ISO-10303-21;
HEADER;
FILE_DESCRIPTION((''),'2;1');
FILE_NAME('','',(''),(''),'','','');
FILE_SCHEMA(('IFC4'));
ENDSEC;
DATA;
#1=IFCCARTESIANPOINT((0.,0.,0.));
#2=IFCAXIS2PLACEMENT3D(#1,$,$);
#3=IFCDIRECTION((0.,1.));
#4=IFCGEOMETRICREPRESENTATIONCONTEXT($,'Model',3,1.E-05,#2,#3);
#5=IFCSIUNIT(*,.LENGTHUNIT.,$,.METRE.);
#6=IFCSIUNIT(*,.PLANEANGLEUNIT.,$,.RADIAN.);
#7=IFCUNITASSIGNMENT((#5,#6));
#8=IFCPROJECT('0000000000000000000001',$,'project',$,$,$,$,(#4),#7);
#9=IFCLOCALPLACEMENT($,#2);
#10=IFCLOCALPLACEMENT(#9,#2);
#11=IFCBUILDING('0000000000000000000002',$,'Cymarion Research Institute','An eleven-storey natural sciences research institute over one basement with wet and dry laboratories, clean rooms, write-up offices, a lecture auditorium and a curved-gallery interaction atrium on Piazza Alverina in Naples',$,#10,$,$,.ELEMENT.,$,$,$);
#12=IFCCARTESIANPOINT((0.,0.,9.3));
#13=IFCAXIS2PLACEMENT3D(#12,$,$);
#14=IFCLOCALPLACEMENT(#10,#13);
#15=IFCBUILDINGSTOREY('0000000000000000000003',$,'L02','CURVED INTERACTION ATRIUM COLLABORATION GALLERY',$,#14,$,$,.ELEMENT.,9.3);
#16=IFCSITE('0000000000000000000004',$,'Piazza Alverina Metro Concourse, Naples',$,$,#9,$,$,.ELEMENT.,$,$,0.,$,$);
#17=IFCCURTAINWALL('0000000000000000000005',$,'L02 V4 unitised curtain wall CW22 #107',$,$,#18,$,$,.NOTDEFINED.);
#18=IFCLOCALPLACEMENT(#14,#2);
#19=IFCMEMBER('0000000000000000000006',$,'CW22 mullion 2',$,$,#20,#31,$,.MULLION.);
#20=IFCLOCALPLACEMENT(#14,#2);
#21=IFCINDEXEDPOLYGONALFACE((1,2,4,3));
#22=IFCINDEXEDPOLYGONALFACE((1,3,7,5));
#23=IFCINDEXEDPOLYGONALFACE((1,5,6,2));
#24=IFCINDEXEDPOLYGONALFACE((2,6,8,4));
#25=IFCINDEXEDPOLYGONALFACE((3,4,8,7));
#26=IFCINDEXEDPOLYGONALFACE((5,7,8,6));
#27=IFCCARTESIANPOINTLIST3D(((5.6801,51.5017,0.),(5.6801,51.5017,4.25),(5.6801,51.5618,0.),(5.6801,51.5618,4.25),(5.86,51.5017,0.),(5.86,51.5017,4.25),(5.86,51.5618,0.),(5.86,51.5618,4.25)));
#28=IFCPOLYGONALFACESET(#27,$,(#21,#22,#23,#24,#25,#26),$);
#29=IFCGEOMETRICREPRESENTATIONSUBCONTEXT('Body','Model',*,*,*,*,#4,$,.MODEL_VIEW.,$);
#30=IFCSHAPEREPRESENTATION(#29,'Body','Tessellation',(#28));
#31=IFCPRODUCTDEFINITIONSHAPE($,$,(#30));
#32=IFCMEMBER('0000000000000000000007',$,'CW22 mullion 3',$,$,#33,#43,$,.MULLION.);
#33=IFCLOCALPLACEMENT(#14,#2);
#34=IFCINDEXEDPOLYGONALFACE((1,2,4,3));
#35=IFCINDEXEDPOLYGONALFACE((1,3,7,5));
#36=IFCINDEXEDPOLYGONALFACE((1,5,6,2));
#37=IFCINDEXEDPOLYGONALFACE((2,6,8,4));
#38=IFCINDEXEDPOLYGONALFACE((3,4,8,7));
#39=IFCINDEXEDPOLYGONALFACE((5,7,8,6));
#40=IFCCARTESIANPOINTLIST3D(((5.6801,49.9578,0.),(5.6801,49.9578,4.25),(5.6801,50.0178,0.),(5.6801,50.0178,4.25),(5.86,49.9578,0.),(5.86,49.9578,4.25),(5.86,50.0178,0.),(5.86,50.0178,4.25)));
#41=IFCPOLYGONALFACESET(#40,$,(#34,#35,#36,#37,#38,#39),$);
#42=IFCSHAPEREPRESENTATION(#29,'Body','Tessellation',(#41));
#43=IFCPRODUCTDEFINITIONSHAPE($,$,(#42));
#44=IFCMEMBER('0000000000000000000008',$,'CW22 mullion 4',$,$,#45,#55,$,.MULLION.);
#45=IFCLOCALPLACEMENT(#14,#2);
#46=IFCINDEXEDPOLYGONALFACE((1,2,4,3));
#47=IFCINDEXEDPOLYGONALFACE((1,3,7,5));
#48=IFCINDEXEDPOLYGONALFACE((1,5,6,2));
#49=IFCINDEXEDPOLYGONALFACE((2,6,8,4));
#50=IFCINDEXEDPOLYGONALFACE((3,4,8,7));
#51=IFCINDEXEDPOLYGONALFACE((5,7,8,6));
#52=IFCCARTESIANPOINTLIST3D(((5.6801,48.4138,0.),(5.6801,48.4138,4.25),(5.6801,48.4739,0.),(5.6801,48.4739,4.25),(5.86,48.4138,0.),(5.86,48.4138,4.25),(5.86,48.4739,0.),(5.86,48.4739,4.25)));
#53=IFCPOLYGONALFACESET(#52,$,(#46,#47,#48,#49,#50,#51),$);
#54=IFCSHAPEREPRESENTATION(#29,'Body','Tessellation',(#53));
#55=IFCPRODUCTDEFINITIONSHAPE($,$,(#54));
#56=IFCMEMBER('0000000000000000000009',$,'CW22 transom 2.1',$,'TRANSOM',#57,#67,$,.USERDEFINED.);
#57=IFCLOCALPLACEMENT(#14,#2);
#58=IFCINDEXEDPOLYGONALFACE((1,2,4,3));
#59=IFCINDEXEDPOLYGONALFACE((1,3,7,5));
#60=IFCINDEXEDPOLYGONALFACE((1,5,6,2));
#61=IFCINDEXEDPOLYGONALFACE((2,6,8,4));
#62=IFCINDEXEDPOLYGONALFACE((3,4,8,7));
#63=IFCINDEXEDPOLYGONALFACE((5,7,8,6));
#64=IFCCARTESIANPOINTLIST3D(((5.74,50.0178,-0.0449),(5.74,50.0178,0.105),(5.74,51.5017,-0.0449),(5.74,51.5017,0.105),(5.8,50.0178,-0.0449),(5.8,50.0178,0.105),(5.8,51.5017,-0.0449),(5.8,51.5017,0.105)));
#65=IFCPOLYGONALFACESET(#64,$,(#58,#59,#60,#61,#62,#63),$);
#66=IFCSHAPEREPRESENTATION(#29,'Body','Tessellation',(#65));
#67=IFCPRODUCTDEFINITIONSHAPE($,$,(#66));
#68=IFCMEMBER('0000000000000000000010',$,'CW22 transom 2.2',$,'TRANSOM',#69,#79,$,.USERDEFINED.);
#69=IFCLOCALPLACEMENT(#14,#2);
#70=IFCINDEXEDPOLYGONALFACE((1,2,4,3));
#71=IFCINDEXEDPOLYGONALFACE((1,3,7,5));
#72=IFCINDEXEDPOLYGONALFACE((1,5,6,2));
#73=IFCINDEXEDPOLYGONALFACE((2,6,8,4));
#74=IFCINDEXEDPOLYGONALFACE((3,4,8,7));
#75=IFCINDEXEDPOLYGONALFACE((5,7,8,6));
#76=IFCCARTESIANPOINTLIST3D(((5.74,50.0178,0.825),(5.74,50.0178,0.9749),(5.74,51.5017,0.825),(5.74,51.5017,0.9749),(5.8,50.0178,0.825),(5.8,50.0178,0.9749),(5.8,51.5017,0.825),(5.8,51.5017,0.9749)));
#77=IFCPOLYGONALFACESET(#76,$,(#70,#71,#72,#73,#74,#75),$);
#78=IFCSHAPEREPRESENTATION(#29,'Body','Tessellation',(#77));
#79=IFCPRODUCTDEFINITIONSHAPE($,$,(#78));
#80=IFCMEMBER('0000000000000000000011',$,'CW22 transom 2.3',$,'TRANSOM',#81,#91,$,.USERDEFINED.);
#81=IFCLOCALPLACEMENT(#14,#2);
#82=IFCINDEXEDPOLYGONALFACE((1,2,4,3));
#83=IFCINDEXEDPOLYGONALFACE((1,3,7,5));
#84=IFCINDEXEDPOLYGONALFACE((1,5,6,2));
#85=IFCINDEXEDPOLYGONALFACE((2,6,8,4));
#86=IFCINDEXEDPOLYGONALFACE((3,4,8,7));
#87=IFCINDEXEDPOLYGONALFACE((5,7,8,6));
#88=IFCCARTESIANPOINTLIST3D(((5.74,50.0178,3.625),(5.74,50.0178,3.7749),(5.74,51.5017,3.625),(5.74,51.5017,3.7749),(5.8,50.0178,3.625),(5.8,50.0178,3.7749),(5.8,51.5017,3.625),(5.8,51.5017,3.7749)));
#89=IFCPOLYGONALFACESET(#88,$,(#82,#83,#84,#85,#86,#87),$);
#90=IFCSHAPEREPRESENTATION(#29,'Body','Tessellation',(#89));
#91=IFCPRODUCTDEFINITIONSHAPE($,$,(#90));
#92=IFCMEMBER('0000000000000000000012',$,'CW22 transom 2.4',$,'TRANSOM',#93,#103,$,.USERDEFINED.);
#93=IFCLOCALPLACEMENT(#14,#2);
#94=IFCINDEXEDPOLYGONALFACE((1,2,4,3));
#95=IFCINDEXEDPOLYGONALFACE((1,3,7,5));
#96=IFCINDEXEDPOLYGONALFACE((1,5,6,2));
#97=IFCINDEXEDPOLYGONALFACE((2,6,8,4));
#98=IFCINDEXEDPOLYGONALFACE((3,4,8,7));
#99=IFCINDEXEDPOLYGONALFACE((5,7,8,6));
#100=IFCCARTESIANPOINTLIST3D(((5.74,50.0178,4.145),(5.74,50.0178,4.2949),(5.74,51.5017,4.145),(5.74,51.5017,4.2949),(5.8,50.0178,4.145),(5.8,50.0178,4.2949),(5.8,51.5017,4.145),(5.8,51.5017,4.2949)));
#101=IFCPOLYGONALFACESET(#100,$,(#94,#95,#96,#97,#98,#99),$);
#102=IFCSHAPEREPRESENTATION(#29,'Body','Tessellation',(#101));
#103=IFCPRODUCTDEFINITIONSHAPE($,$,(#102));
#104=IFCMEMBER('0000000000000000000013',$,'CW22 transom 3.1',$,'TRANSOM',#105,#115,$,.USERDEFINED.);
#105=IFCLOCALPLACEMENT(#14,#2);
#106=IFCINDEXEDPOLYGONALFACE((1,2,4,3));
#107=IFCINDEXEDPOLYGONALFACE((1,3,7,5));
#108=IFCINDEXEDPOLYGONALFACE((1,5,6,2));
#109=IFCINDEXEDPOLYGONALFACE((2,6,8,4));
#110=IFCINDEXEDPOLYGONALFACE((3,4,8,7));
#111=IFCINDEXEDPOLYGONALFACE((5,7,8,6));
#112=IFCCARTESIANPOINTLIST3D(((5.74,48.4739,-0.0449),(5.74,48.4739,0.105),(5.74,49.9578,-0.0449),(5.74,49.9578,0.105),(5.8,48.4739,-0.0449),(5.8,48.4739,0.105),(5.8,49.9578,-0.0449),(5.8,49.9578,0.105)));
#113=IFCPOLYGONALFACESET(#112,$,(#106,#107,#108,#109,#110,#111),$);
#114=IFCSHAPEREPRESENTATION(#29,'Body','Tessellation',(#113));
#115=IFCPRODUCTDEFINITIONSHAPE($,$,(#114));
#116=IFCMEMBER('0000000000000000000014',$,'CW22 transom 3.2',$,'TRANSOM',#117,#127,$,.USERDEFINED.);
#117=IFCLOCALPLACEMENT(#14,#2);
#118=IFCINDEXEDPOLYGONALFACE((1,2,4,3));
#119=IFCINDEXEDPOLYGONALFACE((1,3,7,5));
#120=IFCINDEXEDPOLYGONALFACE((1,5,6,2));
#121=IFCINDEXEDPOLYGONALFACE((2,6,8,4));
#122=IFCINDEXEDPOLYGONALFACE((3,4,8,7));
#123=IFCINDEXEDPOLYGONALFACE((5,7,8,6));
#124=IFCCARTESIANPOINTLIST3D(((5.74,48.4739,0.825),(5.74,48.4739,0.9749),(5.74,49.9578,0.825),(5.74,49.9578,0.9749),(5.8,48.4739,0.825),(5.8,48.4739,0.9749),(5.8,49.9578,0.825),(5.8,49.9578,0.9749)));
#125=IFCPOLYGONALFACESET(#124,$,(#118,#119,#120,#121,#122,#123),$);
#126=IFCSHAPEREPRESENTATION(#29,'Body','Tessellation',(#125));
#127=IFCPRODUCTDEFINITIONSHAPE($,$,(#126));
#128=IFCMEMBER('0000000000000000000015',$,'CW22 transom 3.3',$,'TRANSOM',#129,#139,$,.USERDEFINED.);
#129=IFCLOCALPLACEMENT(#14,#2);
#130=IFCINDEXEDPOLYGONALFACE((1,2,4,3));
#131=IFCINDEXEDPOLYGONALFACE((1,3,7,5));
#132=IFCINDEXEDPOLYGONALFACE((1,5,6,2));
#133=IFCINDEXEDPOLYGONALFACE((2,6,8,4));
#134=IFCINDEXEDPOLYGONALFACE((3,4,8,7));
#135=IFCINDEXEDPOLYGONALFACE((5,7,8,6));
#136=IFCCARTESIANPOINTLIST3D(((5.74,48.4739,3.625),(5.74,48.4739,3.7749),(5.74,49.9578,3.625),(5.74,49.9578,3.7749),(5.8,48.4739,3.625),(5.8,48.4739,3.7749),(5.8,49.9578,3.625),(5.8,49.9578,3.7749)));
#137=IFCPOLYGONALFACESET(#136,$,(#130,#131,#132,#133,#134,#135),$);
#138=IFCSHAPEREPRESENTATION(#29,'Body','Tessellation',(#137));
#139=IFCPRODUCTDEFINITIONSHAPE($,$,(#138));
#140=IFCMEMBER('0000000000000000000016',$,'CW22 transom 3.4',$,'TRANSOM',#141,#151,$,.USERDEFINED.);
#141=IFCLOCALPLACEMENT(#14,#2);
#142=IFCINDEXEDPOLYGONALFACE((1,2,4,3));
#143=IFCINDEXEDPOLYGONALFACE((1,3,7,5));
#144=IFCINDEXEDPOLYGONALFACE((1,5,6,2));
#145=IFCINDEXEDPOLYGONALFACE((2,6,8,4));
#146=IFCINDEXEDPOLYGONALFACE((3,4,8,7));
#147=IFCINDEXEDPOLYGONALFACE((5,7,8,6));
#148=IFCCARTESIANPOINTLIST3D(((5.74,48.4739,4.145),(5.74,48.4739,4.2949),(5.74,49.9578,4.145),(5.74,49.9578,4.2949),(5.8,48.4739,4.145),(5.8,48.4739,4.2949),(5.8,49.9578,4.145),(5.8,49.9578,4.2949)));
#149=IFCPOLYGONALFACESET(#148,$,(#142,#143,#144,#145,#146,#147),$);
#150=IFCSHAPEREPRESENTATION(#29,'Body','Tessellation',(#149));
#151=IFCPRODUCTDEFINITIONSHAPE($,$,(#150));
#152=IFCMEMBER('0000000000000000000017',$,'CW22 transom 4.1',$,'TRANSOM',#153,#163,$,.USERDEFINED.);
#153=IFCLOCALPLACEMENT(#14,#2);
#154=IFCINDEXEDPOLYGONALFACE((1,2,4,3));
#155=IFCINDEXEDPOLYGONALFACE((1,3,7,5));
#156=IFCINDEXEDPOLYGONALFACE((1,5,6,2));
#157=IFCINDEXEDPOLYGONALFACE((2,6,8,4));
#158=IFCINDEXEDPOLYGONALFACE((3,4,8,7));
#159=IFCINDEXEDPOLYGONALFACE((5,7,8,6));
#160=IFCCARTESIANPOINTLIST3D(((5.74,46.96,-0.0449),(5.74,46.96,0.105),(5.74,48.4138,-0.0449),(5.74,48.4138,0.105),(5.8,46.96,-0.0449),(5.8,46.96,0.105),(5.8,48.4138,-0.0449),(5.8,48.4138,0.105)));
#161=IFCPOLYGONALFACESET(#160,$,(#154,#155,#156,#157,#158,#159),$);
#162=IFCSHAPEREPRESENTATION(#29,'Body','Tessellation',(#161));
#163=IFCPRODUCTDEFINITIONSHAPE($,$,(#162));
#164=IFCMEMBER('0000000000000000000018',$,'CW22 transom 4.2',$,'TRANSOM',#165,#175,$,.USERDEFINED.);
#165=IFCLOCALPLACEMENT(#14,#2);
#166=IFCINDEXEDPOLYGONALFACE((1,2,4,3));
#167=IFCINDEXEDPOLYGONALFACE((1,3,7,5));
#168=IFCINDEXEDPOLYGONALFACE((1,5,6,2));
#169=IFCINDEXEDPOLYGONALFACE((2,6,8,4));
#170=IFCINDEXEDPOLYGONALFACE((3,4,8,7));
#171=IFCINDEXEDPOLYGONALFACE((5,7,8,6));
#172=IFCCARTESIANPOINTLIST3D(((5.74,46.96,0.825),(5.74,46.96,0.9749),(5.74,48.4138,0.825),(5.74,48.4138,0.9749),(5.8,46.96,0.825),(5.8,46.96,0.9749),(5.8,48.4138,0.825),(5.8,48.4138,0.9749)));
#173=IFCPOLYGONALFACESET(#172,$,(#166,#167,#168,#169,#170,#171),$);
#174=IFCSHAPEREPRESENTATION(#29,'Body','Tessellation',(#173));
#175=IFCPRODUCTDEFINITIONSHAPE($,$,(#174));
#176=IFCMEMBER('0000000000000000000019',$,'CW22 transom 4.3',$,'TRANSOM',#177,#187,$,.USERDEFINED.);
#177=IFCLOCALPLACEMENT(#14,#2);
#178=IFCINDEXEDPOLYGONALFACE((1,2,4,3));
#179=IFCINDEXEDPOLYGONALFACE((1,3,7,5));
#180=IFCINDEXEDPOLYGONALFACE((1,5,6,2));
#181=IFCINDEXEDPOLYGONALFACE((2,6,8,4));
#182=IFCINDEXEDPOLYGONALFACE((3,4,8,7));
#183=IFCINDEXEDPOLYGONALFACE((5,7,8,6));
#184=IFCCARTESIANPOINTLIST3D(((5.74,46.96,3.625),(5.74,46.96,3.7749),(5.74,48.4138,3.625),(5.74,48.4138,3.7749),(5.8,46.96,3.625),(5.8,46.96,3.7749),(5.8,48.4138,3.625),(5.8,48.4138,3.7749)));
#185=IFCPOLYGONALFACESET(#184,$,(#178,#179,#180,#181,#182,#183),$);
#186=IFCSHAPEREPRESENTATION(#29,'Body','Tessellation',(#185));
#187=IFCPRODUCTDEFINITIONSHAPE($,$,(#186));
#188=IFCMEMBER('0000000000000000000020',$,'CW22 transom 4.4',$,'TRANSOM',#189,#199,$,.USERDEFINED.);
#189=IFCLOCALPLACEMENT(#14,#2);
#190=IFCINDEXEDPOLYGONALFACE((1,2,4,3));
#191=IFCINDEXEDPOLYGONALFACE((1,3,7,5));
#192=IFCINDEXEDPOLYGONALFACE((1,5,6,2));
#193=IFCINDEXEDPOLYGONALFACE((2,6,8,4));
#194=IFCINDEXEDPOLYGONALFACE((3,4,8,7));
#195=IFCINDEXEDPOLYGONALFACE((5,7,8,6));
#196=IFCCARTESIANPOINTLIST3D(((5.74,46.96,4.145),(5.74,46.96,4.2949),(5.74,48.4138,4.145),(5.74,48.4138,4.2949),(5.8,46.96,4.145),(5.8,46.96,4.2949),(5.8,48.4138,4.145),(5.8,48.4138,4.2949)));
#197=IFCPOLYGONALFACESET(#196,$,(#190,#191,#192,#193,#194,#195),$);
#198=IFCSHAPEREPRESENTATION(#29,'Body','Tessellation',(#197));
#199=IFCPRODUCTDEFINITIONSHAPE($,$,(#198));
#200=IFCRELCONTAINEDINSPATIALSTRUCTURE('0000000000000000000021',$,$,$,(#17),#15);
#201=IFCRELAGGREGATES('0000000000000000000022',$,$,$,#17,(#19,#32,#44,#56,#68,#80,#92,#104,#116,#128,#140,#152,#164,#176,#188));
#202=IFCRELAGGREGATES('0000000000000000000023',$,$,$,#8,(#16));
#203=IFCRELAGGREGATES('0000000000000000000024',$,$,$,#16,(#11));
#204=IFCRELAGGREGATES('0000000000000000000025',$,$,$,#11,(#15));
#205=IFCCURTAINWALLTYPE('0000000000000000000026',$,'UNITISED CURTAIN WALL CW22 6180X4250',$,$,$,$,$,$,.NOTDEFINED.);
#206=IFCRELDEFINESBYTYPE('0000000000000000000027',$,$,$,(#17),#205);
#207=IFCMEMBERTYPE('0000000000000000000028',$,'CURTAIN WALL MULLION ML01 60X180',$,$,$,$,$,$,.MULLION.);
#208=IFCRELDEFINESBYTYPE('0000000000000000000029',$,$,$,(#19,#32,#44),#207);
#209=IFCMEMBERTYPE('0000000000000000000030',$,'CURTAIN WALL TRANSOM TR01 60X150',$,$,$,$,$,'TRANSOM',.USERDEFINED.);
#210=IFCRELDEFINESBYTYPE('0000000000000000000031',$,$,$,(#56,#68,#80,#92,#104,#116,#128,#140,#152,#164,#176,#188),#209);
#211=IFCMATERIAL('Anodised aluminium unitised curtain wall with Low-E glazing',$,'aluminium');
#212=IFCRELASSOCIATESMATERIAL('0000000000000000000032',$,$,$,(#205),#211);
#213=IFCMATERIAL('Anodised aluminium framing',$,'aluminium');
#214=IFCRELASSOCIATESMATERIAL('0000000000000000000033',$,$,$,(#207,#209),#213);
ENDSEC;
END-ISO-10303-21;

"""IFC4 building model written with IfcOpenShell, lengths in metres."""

from ifc_helpers import new_model, si_unit, direction, frame, origin, origin_2d, place, context, subcontext, project, spatial, rectangle, extrude, material, material_profile, profile_set, type_object, element, aggregate, save


model = new_model("IFC4")

# Units and contexts
model_context = context("Model", 3, precision=1e-05, world=origin(), true_north=direction((0.0, 1.0)))
body_context = subcontext(model_context, "Body", "Model", "MODEL_VIEW")
ifc_project = project(units=[si_unit("LENGTHUNIT", "METRE"), si_unit("PLANEANGLEUNIT", "RADIAN")], contexts=[model_context])

# Site, building, storey
site_placement = place(None, origin())
site = spatial("IfcSite", under=ifc_project, at=site_placement, Name="Piazza Alverina Metro Concourse, Naples", CompositionType="ELEMENT", RefElevation=0.0)
building_placement = place(site_placement, origin())
building = spatial("IfcBuilding", under=site, at=building_placement, Name="Cymarion Research Institute", Description="An eleven-storey natural sciences research institute over one basement with wet and dry laboratories, clean rooms, write-up offices, a lecture auditorium and a curved-gallery interaction atrium on Piazza Alverina in Naples", CompositionType="ELEMENT")
storey_placement = place(building_placement, frame((0.0, 0.0, 9.3)))
storey = spatial("IfcBuildingStorey", under=building, at=storey_placement, Name="L02", Description="CURVED INTERACTION ATRIUM COLLABORATION GALLERY", CompositionType="ELEMENT", Elevation=9.3)

# Curtain wall, members
ifc_material_1 = material(Name="Anodised aluminium unitised curtain wall with Low-E glazing", Category="aluminium")
curtain_wall_type = type_object("IfcCurtainWallType", Name="UNITISED CURTAIN WALL CW22 6180X4250", PredefinedType="NOTDEFINED", material=ifc_material_1)
curtain_wall_placement = place(storey_placement, origin())
curtain_wall = element("IfcCurtainWall", 1, at=curtain_wall_placement, inside=storey, type_object=curtain_wall_type, Name="L02 V4 unitised curtain wall CW22 #107", PredefinedType="NOTDEFINED")
ifc_material_2 = material(Name="Anodised aluminium framing", Category="aluminium")
ifc_material_profile_1 = material_profile(ifc_material_2, rectangle(XDim=0.0601, YDim=0.1799, at=origin_2d()), Name="ALU MULLION 60x180")
ifc_profile_set_1 = profile_set([ifc_material_profile_1], Name="Anodised aluminium framing")
member_type_1 = type_object("IfcMemberType", Name="CURTAIN WALL MULLION ML01 60X180", PredefinedType="MULLION", material=ifc_profile_set_1)
member_1_placement = place(storey_placement, frame((5.77, 51.5317, 0.0), z_axis=(0.0, 0.0, 1.0), x_axis=(0.0, -1.0, 0.0)))
member_1 = element("IfcMember", 2, at=member_1_placement, type_object=member_type_1, Name="CW22 mullion 2", PredefinedType="MULLION", context=body_context, shape_type="SweptSolid", body=[
    extrude(rectangle(XDim=0.0601, YDim=0.1799, at=origin_2d()), origin(), (0.0, 0.0, 1.0), 4.25),
])
member_2_placement = place(storey_placement, frame((5.77, 49.9878, 0.0), z_axis=(0.0, 0.0, 1.0), x_axis=(0.0, -1.0, 0.0)))
member_2 = element("IfcMember", 3, at=member_2_placement, type_object=member_type_1, Name="CW22 mullion 3", PredefinedType="MULLION", context=body_context, shape_type="SweptSolid", body=[
    extrude(rectangle(XDim=0.0601, YDim=0.1799, at=origin_2d()), origin(), (0.0, 0.0, 1.0), 4.25),
])
member_3_placement = place(storey_placement, frame((5.77, 48.4438, 0.0), z_axis=(0.0, 0.0, 1.0), x_axis=(0.0, -1.0, 0.0)))
member_3 = element("IfcMember", 4, at=member_3_placement, type_object=member_type_1, Name="CW22 mullion 4", PredefinedType="MULLION", context=body_context, shape_type="SweptSolid", body=[
    extrude(rectangle(XDim=0.0601, YDim=0.1799, at=origin_2d()), origin(), (0.0, 0.0, 1.0), 4.25),
])
ifc_material_profile_2 = material_profile(ifc_material_2, rectangle(XDim=0.0601, YDim=0.1499, at=origin_2d()), Name="ALU TRANSOM 60x150")
ifc_profile_set_2 = profile_set([ifc_material_profile_2], Name="Anodised aluminium framing")
member_type_2 = type_object("IfcMemberType", Name="CURTAIN WALL TRANSOM TR01 60X150", ElementType="TRANSOM", PredefinedType="USERDEFINED", material=ifc_profile_set_2)
member_4_placement = place(storey_placement, frame((5.77, 51.5017, 0.03), z_axis=(0.0, -1.0, 0.0), x_axis=(1.0, 0.0, 0.0)))
member_4 = element("IfcMember", 5, at=member_4_placement, type_object=member_type_2, Name="CW22 transom 2.1", ObjectType="TRANSOM", PredefinedType="USERDEFINED", context=body_context, shape_type="SweptSolid", body=[
    extrude(rectangle(XDim=0.0601, YDim=0.1499, at=origin_2d()), origin(), (0.0, 0.0, 1.0), 1.4839),
])
member_5_placement = place(storey_placement, frame((5.77, 51.5017, 0.8999), z_axis=(0.0, -1.0, 0.0), x_axis=(1.0, 0.0, 0.0)))
member_5 = element("IfcMember", 6, at=member_5_placement, type_object=member_type_2, Name="CW22 transom 2.2", ObjectType="TRANSOM", PredefinedType="USERDEFINED", context=body_context, shape_type="SweptSolid", body=[
    extrude(rectangle(XDim=0.0601, YDim=0.1499, at=origin_2d()), origin(), (0.0, 0.0, 1.0), 1.4839),
])
member_6_placement = place(storey_placement, frame((5.77, 51.5017, 3.7), z_axis=(0.0, -1.0, 0.0), x_axis=(1.0, 0.0, 0.0)))
member_6 = element("IfcMember", 7, at=member_6_placement, type_object=member_type_2, Name="CW22 transom 2.3", ObjectType="TRANSOM", PredefinedType="USERDEFINED", context=body_context, shape_type="SweptSolid", body=[
    extrude(rectangle(XDim=0.0601, YDim=0.1499, at=origin_2d()), origin(), (0.0, 0.0, 1.0), 1.4839),
])
member_7_placement = place(storey_placement, frame((5.77, 51.5017, 4.22), z_axis=(0.0, -1.0, 0.0), x_axis=(1.0, 0.0, 0.0)))
member_7 = element("IfcMember", 8, at=member_7_placement, type_object=member_type_2, Name="CW22 transom 2.4", ObjectType="TRANSOM", PredefinedType="USERDEFINED", context=body_context, shape_type="SweptSolid", body=[
    extrude(rectangle(XDim=0.0601, YDim=0.1499, at=origin_2d()), origin(), (0.0, 0.0, 1.0), 1.4839),
])
member_8_placement = place(storey_placement, frame((5.77, 49.9578, 0.03), z_axis=(0.0, -1.0, 0.0), x_axis=(1.0, 0.0, 0.0)))
member_8 = element("IfcMember", 9, at=member_8_placement, type_object=member_type_2, Name="CW22 transom 3.1", ObjectType="TRANSOM", PredefinedType="USERDEFINED", context=body_context, shape_type="SweptSolid", body=[
    extrude(rectangle(XDim=0.0601, YDim=0.1499, at=origin_2d()), origin(), (0.0, 0.0, 1.0), 1.4839),
])
member_9_placement = place(storey_placement, frame((5.77, 49.9578, 0.8999), z_axis=(0.0, -1.0, 0.0), x_axis=(1.0, 0.0, 0.0)))
member_9 = element("IfcMember", 10, at=member_9_placement, type_object=member_type_2, Name="CW22 transom 3.2", ObjectType="TRANSOM", PredefinedType="USERDEFINED", context=body_context, shape_type="SweptSolid", body=[
    extrude(rectangle(XDim=0.0601, YDim=0.1499, at=origin_2d()), origin(), (0.0, 0.0, 1.0), 1.4839),
])
member_10_placement = place(storey_placement, frame((5.77, 49.9578, 3.7), z_axis=(0.0, -1.0, 0.0), x_axis=(1.0, 0.0, 0.0)))
member_10 = element("IfcMember", 11, at=member_10_placement, type_object=member_type_2, Name="CW22 transom 3.3", ObjectType="TRANSOM", PredefinedType="USERDEFINED", context=body_context, shape_type="SweptSolid", body=[
    extrude(rectangle(XDim=0.0601, YDim=0.1499, at=origin_2d()), origin(), (0.0, 0.0, 1.0), 1.4839),
])
member_11_placement = place(storey_placement, frame((5.77, 49.9578, 4.22), z_axis=(0.0, -1.0, 0.0), x_axis=(1.0, 0.0, 0.0)))
member_11 = element("IfcMember", 12, at=member_11_placement, type_object=member_type_2, Name="CW22 transom 3.4", ObjectType="TRANSOM", PredefinedType="USERDEFINED", context=body_context, shape_type="SweptSolid", body=[
    extrude(rectangle(XDim=0.0601, YDim=0.1499, at=origin_2d()), origin(), (0.0, 0.0, 1.0), 1.4839),
])
member_12_placement = place(storey_placement, frame((5.77, 48.4138, 0.03), z_axis=(0.0, -1.0, 0.0), x_axis=(1.0, 0.0, 0.0)))
member_12 = element("IfcMember", 13, at=member_12_placement, type_object=member_type_2, Name="CW22 transom 4.1", ObjectType="TRANSOM", PredefinedType="USERDEFINED", context=body_context, shape_type="SweptSolid", body=[
    extrude(rectangle(XDim=0.0601, YDim=0.1499, at=origin_2d()), origin(), (0.0, 0.0, 1.0), 1.4539),
])
member_13_placement = place(storey_placement, frame((5.77, 48.4138, 0.8999), z_axis=(0.0, -1.0, 0.0), x_axis=(1.0, 0.0, 0.0)))
member_13 = element("IfcMember", 14, at=member_13_placement, type_object=member_type_2, Name="CW22 transom 4.2", ObjectType="TRANSOM", PredefinedType="USERDEFINED", context=body_context, shape_type="SweptSolid", body=[
    extrude(rectangle(XDim=0.0601, YDim=0.1499, at=origin_2d()), origin(), (0.0, 0.0, 1.0), 1.4539),
])
member_14_placement = place(storey_placement, frame((5.77, 48.4138, 3.7), z_axis=(0.0, -1.0, 0.0), x_axis=(1.0, 0.0, 0.0)))
member_14 = element("IfcMember", 15, at=member_14_placement, type_object=member_type_2, Name="CW22 transom 4.3", ObjectType="TRANSOM", PredefinedType="USERDEFINED", context=body_context, shape_type="SweptSolid", body=[
    extrude(rectangle(XDim=0.0601, YDim=0.1499, at=origin_2d()), origin(), (0.0, 0.0, 1.0), 1.4539),
])
member_15_placement = place(storey_placement, frame((5.77, 48.4138, 4.22), z_axis=(0.0, -1.0, 0.0), x_axis=(1.0, 0.0, 0.0)))
member_15 = element("IfcMember", 16, at=member_15_placement, type_object=member_type_2, Name="CW22 transom 4.4", ObjectType="TRANSOM", PredefinedType="USERDEFINED", context=body_context, shape_type="SweptSolid", body=[
    extrude(rectangle(XDim=0.0601, YDim=0.1499, at=origin_2d()), origin(), (0.0, 0.0, 1.0), 1.4539),
])
aggregate(curtain_wall, [member_1, member_2, member_3, member_4, member_5, member_6, member_7, member_8, member_9, member_10, member_11, member_12, member_13, member_14, member_15])

save(model, "model.ifc")
